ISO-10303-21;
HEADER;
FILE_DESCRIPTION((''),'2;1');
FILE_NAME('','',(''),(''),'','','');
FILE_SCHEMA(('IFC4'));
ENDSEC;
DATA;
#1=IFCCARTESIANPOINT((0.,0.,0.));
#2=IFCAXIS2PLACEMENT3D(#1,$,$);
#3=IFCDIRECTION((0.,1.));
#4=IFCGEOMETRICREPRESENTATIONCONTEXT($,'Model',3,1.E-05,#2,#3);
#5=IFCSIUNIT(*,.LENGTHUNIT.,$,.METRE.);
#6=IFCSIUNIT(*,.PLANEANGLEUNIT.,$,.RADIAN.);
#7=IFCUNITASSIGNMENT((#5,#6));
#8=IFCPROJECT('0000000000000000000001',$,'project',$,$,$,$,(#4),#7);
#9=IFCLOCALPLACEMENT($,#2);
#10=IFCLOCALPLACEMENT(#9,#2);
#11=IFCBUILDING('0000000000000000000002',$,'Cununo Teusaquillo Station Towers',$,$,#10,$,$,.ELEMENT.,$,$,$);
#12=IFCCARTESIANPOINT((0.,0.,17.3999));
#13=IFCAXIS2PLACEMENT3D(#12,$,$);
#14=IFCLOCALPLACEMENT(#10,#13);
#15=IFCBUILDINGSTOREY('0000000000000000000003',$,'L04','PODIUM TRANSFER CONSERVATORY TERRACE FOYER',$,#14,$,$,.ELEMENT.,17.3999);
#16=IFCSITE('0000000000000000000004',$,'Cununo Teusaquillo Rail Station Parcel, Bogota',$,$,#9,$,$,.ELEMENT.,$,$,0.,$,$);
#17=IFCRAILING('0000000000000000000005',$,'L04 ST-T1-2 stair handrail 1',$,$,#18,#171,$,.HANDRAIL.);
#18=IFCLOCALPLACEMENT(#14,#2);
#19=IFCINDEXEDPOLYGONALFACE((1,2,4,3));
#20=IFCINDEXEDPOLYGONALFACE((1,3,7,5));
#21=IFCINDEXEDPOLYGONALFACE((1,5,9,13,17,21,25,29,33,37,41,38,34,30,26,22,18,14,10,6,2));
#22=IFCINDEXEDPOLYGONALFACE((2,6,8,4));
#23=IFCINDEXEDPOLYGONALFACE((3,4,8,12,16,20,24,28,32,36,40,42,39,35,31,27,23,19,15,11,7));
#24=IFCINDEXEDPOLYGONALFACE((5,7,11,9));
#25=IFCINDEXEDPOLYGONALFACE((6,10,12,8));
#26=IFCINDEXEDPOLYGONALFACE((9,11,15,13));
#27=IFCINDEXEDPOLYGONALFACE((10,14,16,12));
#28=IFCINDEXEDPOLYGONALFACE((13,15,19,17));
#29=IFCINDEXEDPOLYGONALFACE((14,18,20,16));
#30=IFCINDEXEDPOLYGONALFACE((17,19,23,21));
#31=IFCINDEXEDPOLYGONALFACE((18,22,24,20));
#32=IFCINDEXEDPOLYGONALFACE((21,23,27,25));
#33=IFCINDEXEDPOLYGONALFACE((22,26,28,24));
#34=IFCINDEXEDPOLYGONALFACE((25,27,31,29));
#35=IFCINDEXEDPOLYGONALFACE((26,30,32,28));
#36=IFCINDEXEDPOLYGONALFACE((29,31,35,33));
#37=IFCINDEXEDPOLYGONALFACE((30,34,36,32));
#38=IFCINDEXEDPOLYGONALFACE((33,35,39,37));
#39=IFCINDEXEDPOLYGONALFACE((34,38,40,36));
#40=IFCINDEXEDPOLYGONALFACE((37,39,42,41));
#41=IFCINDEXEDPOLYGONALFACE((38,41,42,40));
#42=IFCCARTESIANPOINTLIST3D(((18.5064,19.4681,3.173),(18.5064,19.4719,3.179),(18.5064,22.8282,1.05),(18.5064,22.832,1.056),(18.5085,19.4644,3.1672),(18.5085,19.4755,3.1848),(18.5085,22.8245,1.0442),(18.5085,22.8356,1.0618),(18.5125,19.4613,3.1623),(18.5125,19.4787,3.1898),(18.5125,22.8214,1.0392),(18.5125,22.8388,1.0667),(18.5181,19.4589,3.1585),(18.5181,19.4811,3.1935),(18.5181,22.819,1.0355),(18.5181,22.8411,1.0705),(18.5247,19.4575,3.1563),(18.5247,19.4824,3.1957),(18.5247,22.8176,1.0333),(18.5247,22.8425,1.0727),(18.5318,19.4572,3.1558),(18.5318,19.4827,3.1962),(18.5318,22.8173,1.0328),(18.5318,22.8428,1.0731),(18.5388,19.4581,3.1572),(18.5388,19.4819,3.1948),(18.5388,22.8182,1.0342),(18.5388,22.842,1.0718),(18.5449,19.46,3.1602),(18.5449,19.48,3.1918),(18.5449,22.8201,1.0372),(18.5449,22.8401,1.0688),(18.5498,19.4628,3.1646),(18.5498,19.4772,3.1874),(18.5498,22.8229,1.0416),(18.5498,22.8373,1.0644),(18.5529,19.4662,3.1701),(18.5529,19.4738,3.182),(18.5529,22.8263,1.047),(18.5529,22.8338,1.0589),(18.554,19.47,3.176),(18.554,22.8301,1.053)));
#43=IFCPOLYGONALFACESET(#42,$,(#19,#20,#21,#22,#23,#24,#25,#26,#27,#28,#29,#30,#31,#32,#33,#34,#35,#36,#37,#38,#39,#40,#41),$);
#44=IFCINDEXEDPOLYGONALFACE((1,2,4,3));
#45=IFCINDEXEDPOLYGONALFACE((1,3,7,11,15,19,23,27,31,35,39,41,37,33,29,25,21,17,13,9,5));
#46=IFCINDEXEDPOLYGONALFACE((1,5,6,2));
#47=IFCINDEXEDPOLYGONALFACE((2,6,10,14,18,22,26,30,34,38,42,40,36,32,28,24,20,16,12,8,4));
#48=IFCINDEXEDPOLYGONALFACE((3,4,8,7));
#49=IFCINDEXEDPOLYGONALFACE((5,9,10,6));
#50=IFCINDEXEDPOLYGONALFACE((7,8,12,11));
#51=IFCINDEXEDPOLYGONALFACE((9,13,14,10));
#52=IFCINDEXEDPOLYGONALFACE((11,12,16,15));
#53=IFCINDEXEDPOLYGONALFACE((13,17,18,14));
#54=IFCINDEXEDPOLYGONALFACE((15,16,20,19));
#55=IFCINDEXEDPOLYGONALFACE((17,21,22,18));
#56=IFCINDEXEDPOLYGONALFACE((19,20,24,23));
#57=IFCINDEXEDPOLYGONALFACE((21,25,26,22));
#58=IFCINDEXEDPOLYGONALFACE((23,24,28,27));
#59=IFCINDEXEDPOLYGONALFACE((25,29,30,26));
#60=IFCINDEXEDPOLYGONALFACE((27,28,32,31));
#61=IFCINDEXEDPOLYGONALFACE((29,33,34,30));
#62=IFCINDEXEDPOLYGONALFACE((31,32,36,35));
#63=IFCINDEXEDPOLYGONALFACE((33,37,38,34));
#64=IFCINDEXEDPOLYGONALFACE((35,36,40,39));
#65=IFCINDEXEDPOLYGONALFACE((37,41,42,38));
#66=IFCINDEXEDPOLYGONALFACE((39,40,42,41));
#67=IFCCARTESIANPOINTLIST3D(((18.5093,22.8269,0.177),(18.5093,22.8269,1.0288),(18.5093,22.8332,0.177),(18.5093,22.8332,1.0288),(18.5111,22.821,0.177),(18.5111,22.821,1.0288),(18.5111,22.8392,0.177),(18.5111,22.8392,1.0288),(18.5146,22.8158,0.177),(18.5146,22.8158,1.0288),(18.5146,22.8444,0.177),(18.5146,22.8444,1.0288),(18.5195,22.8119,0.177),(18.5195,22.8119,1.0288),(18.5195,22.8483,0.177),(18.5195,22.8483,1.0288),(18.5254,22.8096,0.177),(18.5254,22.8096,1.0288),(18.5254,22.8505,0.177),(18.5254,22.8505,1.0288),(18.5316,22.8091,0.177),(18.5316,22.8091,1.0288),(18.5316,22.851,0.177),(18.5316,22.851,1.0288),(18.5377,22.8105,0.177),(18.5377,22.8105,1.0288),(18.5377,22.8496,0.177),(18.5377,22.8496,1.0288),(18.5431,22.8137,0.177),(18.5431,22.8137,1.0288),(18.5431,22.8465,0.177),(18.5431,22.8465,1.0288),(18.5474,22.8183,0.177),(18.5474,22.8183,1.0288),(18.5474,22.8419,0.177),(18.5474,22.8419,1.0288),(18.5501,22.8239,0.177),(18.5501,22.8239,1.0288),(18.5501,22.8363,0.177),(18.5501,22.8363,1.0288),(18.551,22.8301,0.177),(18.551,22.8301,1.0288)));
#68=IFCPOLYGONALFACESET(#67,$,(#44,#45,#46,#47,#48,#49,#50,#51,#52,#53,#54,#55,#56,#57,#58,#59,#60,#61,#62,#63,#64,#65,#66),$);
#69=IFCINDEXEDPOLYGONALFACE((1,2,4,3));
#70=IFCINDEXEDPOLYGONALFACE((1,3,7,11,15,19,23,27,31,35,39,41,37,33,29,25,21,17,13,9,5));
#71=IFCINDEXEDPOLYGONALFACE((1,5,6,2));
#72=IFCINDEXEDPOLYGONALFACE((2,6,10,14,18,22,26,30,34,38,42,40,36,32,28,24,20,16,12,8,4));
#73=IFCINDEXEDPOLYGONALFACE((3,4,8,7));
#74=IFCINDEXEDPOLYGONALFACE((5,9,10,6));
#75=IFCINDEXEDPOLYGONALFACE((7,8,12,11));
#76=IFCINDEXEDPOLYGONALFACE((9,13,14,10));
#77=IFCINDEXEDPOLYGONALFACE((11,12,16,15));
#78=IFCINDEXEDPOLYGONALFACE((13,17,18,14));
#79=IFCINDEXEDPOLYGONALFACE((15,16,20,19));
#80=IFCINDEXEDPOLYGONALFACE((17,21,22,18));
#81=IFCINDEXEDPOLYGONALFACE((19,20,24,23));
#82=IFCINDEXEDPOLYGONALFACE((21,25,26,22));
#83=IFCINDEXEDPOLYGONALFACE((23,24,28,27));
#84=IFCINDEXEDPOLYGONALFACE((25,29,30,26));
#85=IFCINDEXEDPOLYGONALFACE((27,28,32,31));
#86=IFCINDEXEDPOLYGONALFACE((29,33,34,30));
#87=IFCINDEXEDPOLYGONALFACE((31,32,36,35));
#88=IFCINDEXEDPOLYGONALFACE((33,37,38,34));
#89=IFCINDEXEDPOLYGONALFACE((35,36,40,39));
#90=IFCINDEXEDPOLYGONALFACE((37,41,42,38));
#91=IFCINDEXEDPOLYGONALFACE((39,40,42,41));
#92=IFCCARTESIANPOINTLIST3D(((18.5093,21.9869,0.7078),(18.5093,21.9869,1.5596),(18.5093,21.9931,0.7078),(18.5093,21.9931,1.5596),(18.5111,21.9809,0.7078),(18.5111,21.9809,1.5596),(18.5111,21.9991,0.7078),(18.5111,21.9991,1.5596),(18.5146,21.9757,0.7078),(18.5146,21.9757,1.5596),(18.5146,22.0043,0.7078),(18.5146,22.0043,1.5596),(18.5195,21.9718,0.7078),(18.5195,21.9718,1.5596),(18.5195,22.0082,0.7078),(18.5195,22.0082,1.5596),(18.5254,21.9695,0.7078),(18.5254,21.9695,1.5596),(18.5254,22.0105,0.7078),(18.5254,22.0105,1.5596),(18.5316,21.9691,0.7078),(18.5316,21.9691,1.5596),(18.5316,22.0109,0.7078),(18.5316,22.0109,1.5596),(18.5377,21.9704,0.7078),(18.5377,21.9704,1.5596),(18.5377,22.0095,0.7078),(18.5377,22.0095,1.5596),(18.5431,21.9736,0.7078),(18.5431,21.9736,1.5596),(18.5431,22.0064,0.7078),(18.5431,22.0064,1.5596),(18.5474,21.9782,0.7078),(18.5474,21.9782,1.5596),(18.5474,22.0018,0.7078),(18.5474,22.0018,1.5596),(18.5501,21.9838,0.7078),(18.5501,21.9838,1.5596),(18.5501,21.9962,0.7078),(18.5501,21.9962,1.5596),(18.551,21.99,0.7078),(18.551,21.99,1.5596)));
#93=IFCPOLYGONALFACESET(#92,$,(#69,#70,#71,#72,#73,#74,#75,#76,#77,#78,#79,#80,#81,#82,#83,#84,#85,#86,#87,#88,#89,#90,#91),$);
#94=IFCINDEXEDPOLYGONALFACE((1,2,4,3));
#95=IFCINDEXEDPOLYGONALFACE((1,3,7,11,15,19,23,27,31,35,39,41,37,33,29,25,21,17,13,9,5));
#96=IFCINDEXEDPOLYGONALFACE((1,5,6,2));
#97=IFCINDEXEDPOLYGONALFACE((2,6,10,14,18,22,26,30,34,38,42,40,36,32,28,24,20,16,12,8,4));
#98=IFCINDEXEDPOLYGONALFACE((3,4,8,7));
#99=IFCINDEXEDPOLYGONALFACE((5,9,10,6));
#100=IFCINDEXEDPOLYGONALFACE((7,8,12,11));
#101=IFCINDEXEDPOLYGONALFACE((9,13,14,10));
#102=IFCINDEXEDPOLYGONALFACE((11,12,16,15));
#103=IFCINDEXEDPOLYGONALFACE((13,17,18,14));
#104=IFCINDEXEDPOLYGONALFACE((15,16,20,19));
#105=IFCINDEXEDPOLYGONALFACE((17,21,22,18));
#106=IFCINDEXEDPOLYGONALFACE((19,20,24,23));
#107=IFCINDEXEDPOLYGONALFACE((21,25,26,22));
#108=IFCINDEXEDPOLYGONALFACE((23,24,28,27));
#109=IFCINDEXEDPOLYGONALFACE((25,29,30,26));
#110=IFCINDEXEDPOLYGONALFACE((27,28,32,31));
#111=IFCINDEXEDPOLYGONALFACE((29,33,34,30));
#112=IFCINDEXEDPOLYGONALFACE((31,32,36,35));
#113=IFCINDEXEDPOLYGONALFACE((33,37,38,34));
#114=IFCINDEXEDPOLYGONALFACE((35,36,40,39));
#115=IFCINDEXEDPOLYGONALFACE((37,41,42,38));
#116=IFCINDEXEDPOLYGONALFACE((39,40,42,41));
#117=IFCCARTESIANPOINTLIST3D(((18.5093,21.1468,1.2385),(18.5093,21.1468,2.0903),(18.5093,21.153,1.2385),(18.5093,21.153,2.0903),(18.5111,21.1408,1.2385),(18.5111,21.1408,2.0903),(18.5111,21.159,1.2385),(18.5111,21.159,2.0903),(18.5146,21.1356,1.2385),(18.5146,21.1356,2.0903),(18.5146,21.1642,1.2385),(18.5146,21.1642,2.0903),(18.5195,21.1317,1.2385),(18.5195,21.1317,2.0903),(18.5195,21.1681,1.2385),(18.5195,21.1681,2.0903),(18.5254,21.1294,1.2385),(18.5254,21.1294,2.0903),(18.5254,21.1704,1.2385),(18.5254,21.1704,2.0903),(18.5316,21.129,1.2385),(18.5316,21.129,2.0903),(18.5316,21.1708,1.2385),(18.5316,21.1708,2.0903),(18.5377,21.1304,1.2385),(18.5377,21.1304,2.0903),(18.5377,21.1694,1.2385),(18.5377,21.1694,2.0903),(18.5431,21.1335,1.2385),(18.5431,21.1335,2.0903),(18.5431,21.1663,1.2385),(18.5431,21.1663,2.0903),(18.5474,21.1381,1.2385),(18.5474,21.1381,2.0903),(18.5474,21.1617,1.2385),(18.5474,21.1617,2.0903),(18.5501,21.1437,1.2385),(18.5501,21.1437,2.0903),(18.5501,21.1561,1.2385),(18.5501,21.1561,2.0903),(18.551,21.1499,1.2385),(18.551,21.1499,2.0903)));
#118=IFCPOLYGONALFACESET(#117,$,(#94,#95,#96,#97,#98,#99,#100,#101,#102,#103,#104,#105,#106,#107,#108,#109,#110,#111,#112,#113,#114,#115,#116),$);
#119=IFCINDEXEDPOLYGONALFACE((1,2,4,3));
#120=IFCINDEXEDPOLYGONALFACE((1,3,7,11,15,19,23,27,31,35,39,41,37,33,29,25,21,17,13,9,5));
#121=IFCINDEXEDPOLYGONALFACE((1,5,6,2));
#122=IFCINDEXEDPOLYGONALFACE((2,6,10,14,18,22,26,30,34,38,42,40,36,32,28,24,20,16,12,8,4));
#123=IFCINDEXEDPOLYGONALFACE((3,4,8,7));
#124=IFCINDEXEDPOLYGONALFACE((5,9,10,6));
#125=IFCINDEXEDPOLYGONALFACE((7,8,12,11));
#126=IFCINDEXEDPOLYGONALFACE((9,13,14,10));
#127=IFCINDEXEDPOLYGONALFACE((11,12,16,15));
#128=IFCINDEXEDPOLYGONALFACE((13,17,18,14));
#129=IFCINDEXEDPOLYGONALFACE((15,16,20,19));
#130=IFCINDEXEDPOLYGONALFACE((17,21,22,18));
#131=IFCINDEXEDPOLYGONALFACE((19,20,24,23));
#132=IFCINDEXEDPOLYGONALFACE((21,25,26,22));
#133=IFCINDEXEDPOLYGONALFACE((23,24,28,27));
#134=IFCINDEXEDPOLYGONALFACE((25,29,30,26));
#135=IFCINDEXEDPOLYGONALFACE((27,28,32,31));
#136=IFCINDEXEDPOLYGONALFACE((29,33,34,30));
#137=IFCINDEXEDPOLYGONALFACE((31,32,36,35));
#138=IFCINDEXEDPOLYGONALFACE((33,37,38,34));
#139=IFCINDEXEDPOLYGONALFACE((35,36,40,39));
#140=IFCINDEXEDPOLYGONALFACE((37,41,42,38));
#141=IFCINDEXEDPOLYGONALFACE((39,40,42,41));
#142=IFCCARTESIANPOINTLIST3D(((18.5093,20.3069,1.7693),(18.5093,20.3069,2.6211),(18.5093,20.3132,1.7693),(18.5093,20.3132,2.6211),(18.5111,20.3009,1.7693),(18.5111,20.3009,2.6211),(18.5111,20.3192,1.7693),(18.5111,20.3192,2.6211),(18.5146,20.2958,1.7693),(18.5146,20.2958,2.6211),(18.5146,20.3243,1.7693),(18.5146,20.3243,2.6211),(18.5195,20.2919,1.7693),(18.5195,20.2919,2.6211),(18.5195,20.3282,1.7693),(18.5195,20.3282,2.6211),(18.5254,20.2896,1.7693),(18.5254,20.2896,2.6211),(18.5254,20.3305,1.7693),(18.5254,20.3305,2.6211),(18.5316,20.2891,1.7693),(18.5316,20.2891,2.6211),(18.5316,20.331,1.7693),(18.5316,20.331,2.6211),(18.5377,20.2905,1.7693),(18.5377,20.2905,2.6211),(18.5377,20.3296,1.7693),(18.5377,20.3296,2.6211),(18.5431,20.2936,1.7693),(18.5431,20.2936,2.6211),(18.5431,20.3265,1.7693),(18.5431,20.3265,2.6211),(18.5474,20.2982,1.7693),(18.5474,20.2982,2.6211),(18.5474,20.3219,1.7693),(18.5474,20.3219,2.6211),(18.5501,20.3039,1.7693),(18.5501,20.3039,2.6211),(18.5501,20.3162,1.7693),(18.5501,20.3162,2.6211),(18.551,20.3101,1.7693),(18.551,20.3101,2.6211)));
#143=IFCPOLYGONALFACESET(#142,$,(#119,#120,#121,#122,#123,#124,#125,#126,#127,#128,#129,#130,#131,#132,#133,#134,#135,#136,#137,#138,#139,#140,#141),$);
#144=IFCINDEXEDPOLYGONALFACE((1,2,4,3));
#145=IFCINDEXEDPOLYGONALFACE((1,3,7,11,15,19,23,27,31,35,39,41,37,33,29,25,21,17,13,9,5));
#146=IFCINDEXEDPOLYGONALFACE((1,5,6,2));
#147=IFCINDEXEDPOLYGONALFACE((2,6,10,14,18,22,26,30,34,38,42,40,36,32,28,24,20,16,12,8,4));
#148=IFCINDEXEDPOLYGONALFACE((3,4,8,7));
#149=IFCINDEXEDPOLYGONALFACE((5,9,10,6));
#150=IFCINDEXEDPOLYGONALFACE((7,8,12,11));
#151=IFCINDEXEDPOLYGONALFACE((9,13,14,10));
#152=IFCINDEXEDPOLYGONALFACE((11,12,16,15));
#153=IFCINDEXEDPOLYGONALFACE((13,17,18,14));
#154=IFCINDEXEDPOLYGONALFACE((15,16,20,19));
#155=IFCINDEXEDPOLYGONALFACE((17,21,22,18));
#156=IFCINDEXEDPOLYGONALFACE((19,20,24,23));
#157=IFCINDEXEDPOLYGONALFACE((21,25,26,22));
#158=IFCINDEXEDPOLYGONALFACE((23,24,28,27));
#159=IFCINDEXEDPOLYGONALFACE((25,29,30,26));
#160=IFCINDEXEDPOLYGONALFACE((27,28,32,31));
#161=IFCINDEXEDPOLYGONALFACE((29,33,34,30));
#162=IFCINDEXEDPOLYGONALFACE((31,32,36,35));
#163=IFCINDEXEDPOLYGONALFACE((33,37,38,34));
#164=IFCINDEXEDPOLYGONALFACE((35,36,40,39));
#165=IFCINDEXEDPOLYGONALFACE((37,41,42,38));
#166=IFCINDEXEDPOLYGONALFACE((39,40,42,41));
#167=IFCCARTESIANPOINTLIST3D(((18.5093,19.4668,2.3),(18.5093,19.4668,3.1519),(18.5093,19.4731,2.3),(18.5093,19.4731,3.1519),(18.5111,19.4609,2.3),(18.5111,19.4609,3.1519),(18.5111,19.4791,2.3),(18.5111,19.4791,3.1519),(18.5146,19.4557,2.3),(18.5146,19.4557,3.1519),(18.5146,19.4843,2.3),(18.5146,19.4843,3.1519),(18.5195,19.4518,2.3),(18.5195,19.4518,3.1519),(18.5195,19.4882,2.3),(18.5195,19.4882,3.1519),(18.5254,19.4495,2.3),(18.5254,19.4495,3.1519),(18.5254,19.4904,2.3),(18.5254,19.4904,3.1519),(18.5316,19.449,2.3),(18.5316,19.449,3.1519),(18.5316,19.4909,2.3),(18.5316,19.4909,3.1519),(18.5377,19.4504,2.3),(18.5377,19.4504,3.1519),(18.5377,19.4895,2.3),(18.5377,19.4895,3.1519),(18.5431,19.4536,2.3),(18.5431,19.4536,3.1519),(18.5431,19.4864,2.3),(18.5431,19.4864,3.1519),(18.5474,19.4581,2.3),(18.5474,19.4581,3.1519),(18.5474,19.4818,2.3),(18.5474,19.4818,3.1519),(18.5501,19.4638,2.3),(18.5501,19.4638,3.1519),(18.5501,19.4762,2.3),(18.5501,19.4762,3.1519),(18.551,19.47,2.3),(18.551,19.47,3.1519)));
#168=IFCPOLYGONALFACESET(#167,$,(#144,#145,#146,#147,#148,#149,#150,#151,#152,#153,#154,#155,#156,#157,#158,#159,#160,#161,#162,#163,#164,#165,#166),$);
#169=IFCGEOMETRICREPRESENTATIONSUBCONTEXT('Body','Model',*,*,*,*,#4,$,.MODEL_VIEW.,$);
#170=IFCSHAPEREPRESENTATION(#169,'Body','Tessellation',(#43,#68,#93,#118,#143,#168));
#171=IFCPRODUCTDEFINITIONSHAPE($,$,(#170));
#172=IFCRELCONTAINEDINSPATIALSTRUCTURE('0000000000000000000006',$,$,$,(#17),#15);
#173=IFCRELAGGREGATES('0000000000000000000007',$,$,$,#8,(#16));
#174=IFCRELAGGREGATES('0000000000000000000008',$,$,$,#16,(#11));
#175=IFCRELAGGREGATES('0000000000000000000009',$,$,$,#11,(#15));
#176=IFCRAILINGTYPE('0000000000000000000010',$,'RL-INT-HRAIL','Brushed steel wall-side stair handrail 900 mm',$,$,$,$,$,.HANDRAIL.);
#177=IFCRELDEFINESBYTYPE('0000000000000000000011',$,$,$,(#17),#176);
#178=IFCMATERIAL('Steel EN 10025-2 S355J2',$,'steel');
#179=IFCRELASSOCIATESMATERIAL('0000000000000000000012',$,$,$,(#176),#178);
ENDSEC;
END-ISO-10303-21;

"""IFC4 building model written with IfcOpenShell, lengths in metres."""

from ifc_helpers import new_model, si_unit, direction, frame, origin, origin_2d, place, context, subcontext, project, spatial, circle, extrude, material, type_object, element, save


model = new_model("IFC4")

# Units and contexts
model_context = context("Model", 3, precision=1e-05, world=origin(), true_north=direction((0.0, 1.0)))
body_context = subcontext(model_context, "Body", "Model", "MODEL_VIEW")
ifc_project = project(units=[si_unit("LENGTHUNIT", "METRE"), si_unit("PLANEANGLEUNIT", "RADIAN")], contexts=[model_context])

# Site, building, storey
site_placement = place(None, origin())
site = spatial("IfcSite", under=ifc_project, at=site_placement, Name="Cununo Teusaquillo Rail Station Parcel, Bogota", CompositionType="ELEMENT", RefElevation=0.0)
building_placement = place(site_placement, origin())
building = spatial("IfcBuilding", under=site, at=building_placement, Name="Cununo Teusaquillo Station Towers", CompositionType="ELEMENT")
storey_placement = place(building_placement, frame((0.0, 0.0, 17.3999)))
storey = spatial("IfcBuildingStorey", under=building, at=storey_placement, Name="L04", Description="PODIUM TRANSFER CONSERVATORY TERRACE FOYER", CompositionType="ELEMENT", Elevation=17.3999)

# Railing
ifc_material_1 = material(Name="Steel EN 10025-2 S355J2", Category="steel")
railing_type_1 = type_object("IfcRailingType", Name="RL-INT-HRAIL", Description="Brushed steel wall-side stair handrail 900 mm", PredefinedType="HANDRAIL", material=ifc_material_1)
railing_1_placement = place(storey_placement, frame((18.53, 22.8301, 0.177)))
element("IfcRailing", 1, at=railing_1_placement, inside=storey, type_object=railing_type_1, Name="L04 ST-T1-2 stair handrail 1", PredefinedType="HANDRAIL", context=body_context, shape_type="SweptSolid", body=[
    extrude(circle(Radius=0.0239, at=origin_2d()), frame((0.0, 0.0, 0.876), z_axis=(0.0, -0.84539, 0.53415), x_axis=(1.0, 0.0, 0.0)), (0.0, 0.0, 1.0), 3.9746),
    extrude(circle(Radius=0.021, at=origin_2d()), origin(), (0.0, 0.0, 1.0), 0.8518),
    extrude(circle(Radius=0.021, at=origin_2d()), frame((0.0, -0.8401, 0.5308)), (0.0, 0.0, 1.0), 0.8518),
    extrude(circle(Radius=0.021, at=origin_2d()), frame((0.0, -1.6802, 1.0615)), (0.0, 0.0, 1.0), 0.8518),
    extrude(circle(Radius=0.021, at=origin_2d()), frame((0.0, -2.52, 1.5923)), (0.0, 0.0, 1.0), 0.8518),
    extrude(circle(Radius=0.021, at=origin_2d()), frame((0.0, -3.3601, 2.123)), (0.0, 0.0, 1.0), 0.8518),
])

save(model, "model.ifc")
